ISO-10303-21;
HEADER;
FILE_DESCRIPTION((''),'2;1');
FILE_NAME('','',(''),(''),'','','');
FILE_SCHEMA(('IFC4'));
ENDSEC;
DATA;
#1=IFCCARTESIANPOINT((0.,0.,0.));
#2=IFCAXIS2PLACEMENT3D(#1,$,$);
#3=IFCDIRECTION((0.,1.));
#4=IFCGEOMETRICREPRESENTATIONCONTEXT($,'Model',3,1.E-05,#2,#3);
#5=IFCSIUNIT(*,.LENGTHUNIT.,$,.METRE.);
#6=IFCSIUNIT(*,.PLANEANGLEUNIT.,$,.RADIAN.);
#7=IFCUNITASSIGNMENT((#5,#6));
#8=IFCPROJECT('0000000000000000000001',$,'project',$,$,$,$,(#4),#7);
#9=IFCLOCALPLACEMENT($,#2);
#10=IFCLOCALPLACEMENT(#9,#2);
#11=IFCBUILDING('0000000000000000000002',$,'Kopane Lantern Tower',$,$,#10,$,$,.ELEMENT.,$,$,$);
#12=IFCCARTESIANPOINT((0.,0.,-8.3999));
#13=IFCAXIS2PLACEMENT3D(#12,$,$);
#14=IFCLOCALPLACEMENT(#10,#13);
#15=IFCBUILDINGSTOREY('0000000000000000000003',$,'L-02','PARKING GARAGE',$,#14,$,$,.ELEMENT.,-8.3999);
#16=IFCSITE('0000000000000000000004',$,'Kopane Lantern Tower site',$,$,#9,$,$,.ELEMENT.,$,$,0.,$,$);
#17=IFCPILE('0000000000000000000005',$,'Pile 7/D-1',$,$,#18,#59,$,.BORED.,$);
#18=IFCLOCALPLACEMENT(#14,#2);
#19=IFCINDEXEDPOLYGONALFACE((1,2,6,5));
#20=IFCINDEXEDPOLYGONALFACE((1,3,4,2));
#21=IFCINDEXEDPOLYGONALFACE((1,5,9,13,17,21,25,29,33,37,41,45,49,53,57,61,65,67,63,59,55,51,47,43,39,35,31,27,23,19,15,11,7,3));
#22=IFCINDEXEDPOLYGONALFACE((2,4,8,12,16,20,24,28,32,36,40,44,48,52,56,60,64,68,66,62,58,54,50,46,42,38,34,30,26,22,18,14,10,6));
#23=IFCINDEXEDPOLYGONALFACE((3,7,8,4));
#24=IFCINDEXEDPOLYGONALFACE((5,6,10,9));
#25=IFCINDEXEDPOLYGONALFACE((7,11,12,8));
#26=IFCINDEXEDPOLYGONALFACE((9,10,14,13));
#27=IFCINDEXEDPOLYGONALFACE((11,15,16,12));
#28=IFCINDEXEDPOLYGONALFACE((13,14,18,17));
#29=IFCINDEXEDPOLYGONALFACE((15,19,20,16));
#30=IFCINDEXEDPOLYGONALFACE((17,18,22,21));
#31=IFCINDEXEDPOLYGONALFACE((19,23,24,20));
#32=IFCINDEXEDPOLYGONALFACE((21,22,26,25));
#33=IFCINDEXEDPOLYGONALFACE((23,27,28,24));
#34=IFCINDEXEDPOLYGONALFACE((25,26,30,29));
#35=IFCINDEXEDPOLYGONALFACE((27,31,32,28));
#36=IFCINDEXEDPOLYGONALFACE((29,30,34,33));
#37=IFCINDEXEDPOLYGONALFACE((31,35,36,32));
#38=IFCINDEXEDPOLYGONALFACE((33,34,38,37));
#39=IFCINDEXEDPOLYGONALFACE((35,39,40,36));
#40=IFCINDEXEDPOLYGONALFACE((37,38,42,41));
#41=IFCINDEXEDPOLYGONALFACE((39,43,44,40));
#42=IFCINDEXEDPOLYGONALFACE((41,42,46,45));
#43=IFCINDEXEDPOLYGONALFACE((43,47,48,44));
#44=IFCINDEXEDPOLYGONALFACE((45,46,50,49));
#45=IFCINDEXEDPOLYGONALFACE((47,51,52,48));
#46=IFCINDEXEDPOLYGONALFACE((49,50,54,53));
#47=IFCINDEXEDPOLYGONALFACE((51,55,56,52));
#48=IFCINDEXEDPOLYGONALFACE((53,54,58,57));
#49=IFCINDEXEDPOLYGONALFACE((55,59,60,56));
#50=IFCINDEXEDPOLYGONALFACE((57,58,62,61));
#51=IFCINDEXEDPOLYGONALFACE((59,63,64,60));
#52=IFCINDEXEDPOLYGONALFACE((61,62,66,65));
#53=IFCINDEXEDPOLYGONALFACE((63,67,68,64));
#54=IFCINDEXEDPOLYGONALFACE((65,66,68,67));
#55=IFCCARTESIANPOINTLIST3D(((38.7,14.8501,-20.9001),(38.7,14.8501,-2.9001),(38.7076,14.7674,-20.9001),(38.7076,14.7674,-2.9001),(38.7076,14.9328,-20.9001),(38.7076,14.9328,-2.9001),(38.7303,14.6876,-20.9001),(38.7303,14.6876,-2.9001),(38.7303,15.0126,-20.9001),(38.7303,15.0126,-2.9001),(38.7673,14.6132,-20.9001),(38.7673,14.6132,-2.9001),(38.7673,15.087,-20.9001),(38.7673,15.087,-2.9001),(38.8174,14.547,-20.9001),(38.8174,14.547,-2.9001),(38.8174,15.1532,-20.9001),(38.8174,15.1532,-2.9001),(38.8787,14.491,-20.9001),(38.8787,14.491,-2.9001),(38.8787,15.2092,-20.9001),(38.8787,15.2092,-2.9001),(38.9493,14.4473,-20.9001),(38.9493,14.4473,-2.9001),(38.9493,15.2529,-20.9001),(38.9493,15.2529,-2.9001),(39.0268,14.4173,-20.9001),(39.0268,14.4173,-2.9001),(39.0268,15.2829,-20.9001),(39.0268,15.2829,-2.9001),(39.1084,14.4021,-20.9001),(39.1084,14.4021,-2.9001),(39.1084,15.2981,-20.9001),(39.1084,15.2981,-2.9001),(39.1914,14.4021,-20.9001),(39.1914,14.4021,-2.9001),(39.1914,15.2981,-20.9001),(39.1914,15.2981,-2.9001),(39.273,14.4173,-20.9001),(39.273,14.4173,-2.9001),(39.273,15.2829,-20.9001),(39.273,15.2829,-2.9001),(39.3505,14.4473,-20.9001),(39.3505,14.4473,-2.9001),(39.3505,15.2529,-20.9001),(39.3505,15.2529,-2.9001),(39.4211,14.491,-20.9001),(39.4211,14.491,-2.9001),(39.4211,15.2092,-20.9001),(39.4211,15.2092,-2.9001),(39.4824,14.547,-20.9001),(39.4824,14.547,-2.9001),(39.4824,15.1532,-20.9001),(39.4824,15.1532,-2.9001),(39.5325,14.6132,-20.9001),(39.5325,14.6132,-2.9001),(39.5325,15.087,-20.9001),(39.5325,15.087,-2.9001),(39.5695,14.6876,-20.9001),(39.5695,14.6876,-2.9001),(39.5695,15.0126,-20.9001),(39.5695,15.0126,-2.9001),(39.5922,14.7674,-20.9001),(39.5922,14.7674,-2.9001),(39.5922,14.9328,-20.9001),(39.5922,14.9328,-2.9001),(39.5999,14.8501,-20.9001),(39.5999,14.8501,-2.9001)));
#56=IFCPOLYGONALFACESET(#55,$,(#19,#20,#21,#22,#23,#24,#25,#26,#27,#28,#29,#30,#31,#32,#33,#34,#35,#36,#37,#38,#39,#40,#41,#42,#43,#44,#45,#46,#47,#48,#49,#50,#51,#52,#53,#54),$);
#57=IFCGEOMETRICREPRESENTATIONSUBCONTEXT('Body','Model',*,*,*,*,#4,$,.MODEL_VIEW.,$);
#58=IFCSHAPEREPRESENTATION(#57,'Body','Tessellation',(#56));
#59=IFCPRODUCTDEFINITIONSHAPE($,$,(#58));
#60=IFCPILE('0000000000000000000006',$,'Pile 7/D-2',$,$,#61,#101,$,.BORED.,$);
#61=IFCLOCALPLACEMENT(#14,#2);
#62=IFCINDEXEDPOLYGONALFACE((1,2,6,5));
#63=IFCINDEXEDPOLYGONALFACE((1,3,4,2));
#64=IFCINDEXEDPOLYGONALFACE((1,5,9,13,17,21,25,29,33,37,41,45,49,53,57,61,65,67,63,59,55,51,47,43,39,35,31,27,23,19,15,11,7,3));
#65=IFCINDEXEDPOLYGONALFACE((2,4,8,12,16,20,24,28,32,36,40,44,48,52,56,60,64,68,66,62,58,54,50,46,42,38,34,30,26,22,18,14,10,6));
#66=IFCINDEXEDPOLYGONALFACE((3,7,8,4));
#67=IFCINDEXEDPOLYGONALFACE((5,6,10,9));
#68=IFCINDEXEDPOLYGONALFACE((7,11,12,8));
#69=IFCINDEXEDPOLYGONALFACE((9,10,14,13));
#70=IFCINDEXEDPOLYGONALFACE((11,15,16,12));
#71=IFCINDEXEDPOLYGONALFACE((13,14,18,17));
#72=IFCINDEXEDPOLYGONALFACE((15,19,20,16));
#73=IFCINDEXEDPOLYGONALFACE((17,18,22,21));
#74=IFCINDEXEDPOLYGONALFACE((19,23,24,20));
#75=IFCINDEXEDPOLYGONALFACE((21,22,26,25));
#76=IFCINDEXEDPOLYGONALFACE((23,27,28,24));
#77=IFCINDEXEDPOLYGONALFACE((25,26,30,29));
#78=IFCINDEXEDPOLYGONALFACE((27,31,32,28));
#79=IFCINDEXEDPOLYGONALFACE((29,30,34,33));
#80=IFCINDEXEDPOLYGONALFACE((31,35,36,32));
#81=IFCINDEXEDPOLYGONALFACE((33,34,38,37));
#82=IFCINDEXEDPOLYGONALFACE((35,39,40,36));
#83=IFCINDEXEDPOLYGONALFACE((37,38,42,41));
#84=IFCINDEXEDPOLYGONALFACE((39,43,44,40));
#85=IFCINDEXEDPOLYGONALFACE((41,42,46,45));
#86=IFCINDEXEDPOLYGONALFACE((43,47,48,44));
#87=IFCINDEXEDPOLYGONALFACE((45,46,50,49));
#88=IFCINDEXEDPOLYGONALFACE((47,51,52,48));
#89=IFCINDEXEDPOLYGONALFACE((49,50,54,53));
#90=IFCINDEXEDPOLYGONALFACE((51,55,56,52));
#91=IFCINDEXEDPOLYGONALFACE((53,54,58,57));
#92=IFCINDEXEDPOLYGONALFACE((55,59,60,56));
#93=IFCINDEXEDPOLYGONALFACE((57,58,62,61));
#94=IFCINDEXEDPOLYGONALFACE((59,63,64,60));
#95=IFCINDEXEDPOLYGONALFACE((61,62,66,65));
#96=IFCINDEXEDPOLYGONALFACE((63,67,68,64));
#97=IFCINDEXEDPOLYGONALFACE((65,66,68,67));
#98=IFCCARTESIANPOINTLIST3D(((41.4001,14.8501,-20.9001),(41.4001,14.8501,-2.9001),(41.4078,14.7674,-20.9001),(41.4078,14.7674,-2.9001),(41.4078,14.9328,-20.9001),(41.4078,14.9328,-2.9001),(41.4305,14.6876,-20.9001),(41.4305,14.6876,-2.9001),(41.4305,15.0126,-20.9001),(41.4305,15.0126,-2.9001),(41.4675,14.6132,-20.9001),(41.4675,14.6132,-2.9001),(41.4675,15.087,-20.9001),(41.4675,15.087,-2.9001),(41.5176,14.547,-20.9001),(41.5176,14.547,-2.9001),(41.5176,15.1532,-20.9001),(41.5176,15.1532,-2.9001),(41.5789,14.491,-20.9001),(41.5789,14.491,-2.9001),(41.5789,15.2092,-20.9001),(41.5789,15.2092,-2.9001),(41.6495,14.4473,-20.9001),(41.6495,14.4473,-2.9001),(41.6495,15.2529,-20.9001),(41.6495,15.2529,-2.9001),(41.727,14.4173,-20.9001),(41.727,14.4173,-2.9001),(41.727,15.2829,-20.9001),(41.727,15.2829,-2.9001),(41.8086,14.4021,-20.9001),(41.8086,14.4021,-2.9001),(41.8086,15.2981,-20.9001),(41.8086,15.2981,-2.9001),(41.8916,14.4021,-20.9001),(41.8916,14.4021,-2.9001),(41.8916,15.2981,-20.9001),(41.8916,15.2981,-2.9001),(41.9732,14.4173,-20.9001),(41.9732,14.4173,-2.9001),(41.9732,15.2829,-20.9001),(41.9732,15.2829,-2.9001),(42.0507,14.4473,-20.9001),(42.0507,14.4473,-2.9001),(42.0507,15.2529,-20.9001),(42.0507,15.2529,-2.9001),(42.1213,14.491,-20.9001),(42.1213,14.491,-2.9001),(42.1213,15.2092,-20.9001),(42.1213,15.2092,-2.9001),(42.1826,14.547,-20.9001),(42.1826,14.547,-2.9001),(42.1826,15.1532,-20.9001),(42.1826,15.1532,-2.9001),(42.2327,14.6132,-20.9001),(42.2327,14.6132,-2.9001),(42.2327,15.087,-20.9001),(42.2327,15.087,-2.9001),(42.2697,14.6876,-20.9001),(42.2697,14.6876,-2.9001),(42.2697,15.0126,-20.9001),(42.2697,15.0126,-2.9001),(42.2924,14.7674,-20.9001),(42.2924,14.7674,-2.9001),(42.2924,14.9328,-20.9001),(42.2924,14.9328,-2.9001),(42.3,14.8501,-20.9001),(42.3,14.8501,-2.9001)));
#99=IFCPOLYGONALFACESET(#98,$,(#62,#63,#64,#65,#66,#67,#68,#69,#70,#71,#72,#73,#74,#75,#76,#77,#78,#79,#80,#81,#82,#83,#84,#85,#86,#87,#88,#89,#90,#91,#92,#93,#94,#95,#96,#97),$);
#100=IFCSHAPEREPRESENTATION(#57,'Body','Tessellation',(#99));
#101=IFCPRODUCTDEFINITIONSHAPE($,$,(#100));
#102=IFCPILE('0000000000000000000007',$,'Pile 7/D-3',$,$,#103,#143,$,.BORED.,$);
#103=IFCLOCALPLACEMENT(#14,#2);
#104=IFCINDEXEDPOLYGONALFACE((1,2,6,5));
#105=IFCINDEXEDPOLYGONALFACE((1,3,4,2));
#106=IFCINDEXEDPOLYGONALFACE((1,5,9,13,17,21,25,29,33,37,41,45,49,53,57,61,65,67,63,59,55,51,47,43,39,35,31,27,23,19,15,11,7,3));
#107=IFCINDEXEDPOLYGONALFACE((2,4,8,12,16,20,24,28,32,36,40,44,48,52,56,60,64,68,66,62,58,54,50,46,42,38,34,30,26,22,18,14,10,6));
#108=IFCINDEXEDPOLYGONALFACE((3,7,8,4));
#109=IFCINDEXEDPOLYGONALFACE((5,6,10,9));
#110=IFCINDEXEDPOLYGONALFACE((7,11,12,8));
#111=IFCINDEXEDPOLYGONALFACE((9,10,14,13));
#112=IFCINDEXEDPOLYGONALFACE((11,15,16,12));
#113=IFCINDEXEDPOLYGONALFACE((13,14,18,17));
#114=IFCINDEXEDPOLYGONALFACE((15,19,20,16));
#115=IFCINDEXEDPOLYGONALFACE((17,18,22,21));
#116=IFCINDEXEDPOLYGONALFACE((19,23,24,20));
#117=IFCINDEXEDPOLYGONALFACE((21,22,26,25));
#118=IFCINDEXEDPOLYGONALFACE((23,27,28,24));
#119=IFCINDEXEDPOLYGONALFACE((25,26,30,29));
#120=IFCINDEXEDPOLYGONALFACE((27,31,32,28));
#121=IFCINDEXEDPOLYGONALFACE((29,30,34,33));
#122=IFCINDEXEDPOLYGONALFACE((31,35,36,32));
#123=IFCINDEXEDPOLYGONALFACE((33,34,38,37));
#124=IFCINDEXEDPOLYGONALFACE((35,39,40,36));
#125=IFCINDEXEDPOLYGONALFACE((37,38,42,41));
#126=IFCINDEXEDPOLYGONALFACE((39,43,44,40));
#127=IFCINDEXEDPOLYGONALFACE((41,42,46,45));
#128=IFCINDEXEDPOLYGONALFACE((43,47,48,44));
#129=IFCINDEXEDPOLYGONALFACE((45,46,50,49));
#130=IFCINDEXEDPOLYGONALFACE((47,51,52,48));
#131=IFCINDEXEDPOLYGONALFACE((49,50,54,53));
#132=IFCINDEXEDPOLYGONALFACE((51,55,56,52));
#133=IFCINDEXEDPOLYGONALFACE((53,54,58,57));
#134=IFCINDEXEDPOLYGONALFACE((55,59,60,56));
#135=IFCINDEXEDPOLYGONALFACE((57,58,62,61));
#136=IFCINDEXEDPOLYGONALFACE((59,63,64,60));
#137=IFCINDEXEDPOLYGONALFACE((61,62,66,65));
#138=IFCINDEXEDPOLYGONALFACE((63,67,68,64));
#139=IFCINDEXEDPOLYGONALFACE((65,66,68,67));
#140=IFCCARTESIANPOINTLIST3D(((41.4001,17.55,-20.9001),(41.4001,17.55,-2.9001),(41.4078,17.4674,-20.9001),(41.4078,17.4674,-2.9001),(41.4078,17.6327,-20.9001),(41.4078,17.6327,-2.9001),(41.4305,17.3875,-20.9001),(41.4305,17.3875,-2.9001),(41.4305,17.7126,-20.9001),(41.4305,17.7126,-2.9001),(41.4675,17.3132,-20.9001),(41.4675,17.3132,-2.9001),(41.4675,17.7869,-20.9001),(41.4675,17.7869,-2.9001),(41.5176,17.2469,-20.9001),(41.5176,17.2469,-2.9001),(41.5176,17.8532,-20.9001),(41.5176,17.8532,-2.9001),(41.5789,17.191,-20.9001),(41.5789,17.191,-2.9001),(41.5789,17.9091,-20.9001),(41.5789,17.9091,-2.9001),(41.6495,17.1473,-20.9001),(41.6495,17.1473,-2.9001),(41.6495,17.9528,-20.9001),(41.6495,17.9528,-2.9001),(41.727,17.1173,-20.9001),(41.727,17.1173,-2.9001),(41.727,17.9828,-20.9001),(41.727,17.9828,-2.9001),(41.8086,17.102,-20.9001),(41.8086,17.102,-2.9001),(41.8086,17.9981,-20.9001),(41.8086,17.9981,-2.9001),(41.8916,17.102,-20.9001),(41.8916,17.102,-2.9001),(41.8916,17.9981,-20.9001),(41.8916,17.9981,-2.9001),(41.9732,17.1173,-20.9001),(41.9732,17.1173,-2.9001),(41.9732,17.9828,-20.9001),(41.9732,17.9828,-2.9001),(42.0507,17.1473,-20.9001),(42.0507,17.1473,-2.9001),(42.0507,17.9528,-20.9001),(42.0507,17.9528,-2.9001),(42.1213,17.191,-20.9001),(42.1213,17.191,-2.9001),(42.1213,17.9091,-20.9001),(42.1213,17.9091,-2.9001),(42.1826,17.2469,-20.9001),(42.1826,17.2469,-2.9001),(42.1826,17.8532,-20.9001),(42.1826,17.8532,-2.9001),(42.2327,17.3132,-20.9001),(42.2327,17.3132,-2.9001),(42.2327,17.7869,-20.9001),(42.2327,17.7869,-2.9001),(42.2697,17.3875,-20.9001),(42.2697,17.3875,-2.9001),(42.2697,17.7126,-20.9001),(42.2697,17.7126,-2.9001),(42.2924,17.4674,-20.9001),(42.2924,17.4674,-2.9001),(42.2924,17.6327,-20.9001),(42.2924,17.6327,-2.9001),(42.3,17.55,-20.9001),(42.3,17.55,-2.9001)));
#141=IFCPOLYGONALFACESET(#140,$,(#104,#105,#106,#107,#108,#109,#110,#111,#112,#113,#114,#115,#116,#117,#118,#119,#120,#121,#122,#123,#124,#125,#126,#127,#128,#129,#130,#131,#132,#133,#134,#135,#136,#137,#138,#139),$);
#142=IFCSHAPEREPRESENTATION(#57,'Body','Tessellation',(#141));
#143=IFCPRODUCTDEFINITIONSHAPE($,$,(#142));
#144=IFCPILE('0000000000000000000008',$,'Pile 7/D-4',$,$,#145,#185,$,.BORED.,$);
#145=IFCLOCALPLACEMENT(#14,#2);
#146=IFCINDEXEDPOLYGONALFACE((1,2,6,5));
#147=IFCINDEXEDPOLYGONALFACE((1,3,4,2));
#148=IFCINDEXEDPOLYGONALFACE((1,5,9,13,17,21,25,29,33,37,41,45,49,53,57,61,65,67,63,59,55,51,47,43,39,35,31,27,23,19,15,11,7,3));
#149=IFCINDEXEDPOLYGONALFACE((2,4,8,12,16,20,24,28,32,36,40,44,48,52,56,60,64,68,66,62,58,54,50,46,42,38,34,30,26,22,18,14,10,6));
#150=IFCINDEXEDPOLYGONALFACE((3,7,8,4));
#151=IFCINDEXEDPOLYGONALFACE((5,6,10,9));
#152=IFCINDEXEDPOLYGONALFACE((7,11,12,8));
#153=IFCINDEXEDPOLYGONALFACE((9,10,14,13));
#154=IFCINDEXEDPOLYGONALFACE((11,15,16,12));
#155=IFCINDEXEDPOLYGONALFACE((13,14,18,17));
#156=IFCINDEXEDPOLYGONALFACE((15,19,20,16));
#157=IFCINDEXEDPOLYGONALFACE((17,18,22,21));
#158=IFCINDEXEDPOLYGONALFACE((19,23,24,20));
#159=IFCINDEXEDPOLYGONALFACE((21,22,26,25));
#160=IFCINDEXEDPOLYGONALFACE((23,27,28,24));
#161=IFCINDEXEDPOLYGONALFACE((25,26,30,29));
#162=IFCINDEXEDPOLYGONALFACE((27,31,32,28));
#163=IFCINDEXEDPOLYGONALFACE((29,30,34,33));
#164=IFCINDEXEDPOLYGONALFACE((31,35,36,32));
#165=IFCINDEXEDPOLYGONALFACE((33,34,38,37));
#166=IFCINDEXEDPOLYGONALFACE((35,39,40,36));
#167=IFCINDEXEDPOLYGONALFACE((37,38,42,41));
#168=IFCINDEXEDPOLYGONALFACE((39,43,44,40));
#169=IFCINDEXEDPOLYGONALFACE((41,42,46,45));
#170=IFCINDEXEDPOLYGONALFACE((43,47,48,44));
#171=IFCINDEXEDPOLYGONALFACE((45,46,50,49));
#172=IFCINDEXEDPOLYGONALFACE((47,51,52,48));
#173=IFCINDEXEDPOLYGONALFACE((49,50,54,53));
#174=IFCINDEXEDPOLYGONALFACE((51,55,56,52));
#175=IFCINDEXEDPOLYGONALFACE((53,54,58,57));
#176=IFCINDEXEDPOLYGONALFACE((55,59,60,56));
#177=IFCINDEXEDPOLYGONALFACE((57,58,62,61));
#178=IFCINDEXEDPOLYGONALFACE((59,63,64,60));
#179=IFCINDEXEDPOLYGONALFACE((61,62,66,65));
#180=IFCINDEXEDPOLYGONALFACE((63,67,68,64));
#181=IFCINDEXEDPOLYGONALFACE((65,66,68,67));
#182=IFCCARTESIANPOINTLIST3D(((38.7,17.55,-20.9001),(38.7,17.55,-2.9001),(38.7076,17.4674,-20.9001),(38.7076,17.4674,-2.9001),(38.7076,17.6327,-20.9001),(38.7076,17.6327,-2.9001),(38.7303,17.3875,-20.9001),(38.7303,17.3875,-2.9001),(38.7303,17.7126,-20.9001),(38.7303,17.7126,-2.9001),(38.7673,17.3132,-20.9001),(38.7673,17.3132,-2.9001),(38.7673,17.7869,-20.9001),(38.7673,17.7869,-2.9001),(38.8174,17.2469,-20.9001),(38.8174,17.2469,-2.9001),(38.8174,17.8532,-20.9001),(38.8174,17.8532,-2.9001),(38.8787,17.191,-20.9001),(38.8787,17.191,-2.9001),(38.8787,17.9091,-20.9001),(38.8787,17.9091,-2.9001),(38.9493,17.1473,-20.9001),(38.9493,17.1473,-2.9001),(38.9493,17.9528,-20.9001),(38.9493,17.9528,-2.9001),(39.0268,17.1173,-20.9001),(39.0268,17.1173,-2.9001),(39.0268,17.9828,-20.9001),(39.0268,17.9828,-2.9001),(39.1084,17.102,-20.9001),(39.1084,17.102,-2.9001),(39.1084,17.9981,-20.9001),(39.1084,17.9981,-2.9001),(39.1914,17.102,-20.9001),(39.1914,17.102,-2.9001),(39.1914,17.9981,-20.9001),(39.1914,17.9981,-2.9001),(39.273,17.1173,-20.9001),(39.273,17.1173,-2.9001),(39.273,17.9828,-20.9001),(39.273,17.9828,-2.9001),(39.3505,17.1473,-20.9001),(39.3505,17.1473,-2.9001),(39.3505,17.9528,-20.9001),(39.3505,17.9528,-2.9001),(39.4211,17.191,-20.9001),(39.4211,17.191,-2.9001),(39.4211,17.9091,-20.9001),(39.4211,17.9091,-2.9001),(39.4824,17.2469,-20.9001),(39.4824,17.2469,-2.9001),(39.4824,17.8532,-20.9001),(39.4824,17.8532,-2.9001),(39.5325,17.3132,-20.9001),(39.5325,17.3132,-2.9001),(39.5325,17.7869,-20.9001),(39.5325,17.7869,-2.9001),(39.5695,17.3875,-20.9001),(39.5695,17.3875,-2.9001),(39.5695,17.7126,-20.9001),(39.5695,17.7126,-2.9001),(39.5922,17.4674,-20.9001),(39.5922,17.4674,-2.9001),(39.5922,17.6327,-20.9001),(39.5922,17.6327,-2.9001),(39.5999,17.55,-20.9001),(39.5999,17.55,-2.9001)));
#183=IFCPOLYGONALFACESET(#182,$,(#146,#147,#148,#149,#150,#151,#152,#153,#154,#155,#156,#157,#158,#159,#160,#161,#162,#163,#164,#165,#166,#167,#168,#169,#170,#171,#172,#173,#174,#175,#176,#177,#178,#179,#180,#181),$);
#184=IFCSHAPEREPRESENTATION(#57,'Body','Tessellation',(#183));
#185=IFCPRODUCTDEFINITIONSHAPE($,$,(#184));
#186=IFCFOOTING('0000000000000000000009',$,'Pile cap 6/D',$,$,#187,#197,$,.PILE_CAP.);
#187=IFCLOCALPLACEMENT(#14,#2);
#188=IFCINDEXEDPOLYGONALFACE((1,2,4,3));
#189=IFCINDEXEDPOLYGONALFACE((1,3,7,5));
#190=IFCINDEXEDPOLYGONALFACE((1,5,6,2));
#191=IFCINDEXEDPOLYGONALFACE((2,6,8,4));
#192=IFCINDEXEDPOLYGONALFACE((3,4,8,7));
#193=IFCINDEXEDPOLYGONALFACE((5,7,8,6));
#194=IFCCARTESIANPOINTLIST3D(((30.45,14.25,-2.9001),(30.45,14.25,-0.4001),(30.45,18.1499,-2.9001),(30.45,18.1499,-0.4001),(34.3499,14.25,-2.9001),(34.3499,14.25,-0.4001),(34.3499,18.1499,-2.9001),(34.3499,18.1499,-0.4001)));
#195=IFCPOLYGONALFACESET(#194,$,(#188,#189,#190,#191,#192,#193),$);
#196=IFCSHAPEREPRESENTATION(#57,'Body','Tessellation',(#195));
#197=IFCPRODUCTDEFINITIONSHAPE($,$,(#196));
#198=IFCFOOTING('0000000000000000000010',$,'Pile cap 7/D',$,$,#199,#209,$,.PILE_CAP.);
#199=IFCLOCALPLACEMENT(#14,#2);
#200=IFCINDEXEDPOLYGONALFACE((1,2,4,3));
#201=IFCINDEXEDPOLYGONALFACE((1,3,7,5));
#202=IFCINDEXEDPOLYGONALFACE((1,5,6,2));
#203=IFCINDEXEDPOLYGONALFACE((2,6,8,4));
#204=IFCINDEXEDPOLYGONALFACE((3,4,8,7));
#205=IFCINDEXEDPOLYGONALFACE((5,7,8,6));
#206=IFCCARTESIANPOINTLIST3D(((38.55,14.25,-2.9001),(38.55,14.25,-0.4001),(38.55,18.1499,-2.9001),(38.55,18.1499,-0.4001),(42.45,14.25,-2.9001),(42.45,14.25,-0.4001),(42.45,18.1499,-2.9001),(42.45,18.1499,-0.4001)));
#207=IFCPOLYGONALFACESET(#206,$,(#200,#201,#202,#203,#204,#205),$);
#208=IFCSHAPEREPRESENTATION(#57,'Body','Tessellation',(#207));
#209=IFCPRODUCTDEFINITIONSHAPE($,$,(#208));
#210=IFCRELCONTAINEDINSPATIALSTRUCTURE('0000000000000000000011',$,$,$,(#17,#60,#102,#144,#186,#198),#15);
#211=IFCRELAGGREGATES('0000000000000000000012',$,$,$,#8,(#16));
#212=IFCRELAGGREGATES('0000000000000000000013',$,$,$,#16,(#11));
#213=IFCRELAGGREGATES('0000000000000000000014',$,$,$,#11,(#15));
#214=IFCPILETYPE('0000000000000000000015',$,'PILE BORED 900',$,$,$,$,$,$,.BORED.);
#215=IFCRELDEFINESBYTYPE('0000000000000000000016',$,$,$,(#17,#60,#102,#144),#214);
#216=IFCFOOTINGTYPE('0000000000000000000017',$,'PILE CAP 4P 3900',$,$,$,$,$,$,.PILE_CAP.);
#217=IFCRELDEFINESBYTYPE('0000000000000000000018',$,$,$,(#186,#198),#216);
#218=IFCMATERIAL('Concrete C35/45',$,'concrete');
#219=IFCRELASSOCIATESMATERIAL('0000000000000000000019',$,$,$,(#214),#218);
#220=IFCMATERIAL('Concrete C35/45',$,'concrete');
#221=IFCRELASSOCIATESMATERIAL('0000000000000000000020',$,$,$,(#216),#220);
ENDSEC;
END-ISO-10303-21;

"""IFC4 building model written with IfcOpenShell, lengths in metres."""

from ifc_helpers import new_model, si_unit, direction, frame, origin, origin_2d, place, context, subcontext, project, spatial, rectangle, circle, extrude, material, material_profile, profile_set, type_object, element, save


model = new_model("IFC4")

# Units and contexts
model_context = context("Model", 3, precision=1e-05, world=origin(), true_north=direction((0.0, 1.0)))
body_context = subcontext(model_context, "Body", "Model", "MODEL_VIEW")
ifc_project = project(units=[si_unit("LENGTHUNIT", "METRE"), si_unit("PLANEANGLEUNIT", "RADIAN")], contexts=[model_context])

# Site, building, storey
site_placement = place(None, origin())
site = spatial("IfcSite", under=ifc_project, at=site_placement, Name="Kopane Lantern Tower site", CompositionType="ELEMENT", RefElevation=0.0)
building_placement = place(site_placement, origin())
building = spatial("IfcBuilding", under=site, at=building_placement, Name="Kopane Lantern Tower", CompositionType="ELEMENT")
storey_placement = place(building_placement, frame((0.0, 0.0, -8.3999)))
storey = spatial("IfcBuildingStorey", under=building, at=storey_placement, Name="L-02", Description="PARKING GARAGE", CompositionType="ELEMENT", Elevation=-8.3999)

# Piles
ifc_material_1 = material(Name="Concrete C35/45", Category="concrete")
ifc_material_profile_1 = material_profile(ifc_material_1, circle(Radius=0.45, at=origin_2d()), Name="D900")
ifc_profile_set_1 = profile_set([ifc_material_profile_1], Name="Concrete C35/45")
pile_type_1 = type_object("IfcPileType", Name="PILE BORED 900", PredefinedType="BORED", material=ifc_profile_set_1)
for number, where, z_axis, x_axis, name in (
    (1, (39.1499, 14.8501, -2.9001), (0.0, 0.0, -1.0), (1.0, 0.0, 0.0), "Pile 7/D-1"),
    (2, (41.8501, 14.8501, -2.9001), (0.0, 0.0, -1.0), (1.0, 0.0, 0.0), "Pile 7/D-2"),
    (3, (41.8501, 17.55, -2.9001), (0.0, 0.0, -1.0), (1.0, 0.0, 0.0), "Pile 7/D-3"),
    (4, (39.1499, 17.55, -2.9001), (0.0, 0.0, -1.0), (1.0, 0.0, 0.0), "Pile 7/D-4"),
):
    element("IfcPile", number, at=place(storey_placement, frame(where, z_axis=z_axis, x_axis=x_axis)), inside=storey, type_object=pile_type_1, Name=name, PredefinedType="BORED", context=body_context, shape_type="SweptSolid", body=[
        extrude(circle(Radius=0.45, at=origin_2d()), origin(), (0.0, 0.0, 1.0), 18.0),
    ])

# Footings
ifc_material_2 = material(Name="Concrete C35/45", Category="concrete")
footing_type = type_object("IfcFootingType", Name="PILE CAP 4P 3900", PredefinedType="PILE_CAP", material=ifc_material_2)
for number, where, z_axis, x_axis, name in (
    (5, (32.3999, 16.2, -2.9001), (0.0, 0.0, 1.0), (1.0, 0.0, 0.0), "Pile cap 6/D"),
    (6, (40.5, 16.2, -2.9001), (0.0, 0.0, 1.0), (1.0, 0.0, 0.0), "Pile cap 7/D"),
):
    element("IfcFooting", number, at=place(storey_placement, frame(where, z_axis=z_axis, x_axis=x_axis)), inside=storey, type_object=footing_type, Name=name, PredefinedType="PILE_CAP", context=body_context, shape_type="SweptSolid", body=[
        extrude(rectangle(XDim=3.8999, YDim=3.8999, at=origin_2d()), origin(), (0.0, 0.0, 1.0), 2.5),
    ])

save(model, "model.ifc")
